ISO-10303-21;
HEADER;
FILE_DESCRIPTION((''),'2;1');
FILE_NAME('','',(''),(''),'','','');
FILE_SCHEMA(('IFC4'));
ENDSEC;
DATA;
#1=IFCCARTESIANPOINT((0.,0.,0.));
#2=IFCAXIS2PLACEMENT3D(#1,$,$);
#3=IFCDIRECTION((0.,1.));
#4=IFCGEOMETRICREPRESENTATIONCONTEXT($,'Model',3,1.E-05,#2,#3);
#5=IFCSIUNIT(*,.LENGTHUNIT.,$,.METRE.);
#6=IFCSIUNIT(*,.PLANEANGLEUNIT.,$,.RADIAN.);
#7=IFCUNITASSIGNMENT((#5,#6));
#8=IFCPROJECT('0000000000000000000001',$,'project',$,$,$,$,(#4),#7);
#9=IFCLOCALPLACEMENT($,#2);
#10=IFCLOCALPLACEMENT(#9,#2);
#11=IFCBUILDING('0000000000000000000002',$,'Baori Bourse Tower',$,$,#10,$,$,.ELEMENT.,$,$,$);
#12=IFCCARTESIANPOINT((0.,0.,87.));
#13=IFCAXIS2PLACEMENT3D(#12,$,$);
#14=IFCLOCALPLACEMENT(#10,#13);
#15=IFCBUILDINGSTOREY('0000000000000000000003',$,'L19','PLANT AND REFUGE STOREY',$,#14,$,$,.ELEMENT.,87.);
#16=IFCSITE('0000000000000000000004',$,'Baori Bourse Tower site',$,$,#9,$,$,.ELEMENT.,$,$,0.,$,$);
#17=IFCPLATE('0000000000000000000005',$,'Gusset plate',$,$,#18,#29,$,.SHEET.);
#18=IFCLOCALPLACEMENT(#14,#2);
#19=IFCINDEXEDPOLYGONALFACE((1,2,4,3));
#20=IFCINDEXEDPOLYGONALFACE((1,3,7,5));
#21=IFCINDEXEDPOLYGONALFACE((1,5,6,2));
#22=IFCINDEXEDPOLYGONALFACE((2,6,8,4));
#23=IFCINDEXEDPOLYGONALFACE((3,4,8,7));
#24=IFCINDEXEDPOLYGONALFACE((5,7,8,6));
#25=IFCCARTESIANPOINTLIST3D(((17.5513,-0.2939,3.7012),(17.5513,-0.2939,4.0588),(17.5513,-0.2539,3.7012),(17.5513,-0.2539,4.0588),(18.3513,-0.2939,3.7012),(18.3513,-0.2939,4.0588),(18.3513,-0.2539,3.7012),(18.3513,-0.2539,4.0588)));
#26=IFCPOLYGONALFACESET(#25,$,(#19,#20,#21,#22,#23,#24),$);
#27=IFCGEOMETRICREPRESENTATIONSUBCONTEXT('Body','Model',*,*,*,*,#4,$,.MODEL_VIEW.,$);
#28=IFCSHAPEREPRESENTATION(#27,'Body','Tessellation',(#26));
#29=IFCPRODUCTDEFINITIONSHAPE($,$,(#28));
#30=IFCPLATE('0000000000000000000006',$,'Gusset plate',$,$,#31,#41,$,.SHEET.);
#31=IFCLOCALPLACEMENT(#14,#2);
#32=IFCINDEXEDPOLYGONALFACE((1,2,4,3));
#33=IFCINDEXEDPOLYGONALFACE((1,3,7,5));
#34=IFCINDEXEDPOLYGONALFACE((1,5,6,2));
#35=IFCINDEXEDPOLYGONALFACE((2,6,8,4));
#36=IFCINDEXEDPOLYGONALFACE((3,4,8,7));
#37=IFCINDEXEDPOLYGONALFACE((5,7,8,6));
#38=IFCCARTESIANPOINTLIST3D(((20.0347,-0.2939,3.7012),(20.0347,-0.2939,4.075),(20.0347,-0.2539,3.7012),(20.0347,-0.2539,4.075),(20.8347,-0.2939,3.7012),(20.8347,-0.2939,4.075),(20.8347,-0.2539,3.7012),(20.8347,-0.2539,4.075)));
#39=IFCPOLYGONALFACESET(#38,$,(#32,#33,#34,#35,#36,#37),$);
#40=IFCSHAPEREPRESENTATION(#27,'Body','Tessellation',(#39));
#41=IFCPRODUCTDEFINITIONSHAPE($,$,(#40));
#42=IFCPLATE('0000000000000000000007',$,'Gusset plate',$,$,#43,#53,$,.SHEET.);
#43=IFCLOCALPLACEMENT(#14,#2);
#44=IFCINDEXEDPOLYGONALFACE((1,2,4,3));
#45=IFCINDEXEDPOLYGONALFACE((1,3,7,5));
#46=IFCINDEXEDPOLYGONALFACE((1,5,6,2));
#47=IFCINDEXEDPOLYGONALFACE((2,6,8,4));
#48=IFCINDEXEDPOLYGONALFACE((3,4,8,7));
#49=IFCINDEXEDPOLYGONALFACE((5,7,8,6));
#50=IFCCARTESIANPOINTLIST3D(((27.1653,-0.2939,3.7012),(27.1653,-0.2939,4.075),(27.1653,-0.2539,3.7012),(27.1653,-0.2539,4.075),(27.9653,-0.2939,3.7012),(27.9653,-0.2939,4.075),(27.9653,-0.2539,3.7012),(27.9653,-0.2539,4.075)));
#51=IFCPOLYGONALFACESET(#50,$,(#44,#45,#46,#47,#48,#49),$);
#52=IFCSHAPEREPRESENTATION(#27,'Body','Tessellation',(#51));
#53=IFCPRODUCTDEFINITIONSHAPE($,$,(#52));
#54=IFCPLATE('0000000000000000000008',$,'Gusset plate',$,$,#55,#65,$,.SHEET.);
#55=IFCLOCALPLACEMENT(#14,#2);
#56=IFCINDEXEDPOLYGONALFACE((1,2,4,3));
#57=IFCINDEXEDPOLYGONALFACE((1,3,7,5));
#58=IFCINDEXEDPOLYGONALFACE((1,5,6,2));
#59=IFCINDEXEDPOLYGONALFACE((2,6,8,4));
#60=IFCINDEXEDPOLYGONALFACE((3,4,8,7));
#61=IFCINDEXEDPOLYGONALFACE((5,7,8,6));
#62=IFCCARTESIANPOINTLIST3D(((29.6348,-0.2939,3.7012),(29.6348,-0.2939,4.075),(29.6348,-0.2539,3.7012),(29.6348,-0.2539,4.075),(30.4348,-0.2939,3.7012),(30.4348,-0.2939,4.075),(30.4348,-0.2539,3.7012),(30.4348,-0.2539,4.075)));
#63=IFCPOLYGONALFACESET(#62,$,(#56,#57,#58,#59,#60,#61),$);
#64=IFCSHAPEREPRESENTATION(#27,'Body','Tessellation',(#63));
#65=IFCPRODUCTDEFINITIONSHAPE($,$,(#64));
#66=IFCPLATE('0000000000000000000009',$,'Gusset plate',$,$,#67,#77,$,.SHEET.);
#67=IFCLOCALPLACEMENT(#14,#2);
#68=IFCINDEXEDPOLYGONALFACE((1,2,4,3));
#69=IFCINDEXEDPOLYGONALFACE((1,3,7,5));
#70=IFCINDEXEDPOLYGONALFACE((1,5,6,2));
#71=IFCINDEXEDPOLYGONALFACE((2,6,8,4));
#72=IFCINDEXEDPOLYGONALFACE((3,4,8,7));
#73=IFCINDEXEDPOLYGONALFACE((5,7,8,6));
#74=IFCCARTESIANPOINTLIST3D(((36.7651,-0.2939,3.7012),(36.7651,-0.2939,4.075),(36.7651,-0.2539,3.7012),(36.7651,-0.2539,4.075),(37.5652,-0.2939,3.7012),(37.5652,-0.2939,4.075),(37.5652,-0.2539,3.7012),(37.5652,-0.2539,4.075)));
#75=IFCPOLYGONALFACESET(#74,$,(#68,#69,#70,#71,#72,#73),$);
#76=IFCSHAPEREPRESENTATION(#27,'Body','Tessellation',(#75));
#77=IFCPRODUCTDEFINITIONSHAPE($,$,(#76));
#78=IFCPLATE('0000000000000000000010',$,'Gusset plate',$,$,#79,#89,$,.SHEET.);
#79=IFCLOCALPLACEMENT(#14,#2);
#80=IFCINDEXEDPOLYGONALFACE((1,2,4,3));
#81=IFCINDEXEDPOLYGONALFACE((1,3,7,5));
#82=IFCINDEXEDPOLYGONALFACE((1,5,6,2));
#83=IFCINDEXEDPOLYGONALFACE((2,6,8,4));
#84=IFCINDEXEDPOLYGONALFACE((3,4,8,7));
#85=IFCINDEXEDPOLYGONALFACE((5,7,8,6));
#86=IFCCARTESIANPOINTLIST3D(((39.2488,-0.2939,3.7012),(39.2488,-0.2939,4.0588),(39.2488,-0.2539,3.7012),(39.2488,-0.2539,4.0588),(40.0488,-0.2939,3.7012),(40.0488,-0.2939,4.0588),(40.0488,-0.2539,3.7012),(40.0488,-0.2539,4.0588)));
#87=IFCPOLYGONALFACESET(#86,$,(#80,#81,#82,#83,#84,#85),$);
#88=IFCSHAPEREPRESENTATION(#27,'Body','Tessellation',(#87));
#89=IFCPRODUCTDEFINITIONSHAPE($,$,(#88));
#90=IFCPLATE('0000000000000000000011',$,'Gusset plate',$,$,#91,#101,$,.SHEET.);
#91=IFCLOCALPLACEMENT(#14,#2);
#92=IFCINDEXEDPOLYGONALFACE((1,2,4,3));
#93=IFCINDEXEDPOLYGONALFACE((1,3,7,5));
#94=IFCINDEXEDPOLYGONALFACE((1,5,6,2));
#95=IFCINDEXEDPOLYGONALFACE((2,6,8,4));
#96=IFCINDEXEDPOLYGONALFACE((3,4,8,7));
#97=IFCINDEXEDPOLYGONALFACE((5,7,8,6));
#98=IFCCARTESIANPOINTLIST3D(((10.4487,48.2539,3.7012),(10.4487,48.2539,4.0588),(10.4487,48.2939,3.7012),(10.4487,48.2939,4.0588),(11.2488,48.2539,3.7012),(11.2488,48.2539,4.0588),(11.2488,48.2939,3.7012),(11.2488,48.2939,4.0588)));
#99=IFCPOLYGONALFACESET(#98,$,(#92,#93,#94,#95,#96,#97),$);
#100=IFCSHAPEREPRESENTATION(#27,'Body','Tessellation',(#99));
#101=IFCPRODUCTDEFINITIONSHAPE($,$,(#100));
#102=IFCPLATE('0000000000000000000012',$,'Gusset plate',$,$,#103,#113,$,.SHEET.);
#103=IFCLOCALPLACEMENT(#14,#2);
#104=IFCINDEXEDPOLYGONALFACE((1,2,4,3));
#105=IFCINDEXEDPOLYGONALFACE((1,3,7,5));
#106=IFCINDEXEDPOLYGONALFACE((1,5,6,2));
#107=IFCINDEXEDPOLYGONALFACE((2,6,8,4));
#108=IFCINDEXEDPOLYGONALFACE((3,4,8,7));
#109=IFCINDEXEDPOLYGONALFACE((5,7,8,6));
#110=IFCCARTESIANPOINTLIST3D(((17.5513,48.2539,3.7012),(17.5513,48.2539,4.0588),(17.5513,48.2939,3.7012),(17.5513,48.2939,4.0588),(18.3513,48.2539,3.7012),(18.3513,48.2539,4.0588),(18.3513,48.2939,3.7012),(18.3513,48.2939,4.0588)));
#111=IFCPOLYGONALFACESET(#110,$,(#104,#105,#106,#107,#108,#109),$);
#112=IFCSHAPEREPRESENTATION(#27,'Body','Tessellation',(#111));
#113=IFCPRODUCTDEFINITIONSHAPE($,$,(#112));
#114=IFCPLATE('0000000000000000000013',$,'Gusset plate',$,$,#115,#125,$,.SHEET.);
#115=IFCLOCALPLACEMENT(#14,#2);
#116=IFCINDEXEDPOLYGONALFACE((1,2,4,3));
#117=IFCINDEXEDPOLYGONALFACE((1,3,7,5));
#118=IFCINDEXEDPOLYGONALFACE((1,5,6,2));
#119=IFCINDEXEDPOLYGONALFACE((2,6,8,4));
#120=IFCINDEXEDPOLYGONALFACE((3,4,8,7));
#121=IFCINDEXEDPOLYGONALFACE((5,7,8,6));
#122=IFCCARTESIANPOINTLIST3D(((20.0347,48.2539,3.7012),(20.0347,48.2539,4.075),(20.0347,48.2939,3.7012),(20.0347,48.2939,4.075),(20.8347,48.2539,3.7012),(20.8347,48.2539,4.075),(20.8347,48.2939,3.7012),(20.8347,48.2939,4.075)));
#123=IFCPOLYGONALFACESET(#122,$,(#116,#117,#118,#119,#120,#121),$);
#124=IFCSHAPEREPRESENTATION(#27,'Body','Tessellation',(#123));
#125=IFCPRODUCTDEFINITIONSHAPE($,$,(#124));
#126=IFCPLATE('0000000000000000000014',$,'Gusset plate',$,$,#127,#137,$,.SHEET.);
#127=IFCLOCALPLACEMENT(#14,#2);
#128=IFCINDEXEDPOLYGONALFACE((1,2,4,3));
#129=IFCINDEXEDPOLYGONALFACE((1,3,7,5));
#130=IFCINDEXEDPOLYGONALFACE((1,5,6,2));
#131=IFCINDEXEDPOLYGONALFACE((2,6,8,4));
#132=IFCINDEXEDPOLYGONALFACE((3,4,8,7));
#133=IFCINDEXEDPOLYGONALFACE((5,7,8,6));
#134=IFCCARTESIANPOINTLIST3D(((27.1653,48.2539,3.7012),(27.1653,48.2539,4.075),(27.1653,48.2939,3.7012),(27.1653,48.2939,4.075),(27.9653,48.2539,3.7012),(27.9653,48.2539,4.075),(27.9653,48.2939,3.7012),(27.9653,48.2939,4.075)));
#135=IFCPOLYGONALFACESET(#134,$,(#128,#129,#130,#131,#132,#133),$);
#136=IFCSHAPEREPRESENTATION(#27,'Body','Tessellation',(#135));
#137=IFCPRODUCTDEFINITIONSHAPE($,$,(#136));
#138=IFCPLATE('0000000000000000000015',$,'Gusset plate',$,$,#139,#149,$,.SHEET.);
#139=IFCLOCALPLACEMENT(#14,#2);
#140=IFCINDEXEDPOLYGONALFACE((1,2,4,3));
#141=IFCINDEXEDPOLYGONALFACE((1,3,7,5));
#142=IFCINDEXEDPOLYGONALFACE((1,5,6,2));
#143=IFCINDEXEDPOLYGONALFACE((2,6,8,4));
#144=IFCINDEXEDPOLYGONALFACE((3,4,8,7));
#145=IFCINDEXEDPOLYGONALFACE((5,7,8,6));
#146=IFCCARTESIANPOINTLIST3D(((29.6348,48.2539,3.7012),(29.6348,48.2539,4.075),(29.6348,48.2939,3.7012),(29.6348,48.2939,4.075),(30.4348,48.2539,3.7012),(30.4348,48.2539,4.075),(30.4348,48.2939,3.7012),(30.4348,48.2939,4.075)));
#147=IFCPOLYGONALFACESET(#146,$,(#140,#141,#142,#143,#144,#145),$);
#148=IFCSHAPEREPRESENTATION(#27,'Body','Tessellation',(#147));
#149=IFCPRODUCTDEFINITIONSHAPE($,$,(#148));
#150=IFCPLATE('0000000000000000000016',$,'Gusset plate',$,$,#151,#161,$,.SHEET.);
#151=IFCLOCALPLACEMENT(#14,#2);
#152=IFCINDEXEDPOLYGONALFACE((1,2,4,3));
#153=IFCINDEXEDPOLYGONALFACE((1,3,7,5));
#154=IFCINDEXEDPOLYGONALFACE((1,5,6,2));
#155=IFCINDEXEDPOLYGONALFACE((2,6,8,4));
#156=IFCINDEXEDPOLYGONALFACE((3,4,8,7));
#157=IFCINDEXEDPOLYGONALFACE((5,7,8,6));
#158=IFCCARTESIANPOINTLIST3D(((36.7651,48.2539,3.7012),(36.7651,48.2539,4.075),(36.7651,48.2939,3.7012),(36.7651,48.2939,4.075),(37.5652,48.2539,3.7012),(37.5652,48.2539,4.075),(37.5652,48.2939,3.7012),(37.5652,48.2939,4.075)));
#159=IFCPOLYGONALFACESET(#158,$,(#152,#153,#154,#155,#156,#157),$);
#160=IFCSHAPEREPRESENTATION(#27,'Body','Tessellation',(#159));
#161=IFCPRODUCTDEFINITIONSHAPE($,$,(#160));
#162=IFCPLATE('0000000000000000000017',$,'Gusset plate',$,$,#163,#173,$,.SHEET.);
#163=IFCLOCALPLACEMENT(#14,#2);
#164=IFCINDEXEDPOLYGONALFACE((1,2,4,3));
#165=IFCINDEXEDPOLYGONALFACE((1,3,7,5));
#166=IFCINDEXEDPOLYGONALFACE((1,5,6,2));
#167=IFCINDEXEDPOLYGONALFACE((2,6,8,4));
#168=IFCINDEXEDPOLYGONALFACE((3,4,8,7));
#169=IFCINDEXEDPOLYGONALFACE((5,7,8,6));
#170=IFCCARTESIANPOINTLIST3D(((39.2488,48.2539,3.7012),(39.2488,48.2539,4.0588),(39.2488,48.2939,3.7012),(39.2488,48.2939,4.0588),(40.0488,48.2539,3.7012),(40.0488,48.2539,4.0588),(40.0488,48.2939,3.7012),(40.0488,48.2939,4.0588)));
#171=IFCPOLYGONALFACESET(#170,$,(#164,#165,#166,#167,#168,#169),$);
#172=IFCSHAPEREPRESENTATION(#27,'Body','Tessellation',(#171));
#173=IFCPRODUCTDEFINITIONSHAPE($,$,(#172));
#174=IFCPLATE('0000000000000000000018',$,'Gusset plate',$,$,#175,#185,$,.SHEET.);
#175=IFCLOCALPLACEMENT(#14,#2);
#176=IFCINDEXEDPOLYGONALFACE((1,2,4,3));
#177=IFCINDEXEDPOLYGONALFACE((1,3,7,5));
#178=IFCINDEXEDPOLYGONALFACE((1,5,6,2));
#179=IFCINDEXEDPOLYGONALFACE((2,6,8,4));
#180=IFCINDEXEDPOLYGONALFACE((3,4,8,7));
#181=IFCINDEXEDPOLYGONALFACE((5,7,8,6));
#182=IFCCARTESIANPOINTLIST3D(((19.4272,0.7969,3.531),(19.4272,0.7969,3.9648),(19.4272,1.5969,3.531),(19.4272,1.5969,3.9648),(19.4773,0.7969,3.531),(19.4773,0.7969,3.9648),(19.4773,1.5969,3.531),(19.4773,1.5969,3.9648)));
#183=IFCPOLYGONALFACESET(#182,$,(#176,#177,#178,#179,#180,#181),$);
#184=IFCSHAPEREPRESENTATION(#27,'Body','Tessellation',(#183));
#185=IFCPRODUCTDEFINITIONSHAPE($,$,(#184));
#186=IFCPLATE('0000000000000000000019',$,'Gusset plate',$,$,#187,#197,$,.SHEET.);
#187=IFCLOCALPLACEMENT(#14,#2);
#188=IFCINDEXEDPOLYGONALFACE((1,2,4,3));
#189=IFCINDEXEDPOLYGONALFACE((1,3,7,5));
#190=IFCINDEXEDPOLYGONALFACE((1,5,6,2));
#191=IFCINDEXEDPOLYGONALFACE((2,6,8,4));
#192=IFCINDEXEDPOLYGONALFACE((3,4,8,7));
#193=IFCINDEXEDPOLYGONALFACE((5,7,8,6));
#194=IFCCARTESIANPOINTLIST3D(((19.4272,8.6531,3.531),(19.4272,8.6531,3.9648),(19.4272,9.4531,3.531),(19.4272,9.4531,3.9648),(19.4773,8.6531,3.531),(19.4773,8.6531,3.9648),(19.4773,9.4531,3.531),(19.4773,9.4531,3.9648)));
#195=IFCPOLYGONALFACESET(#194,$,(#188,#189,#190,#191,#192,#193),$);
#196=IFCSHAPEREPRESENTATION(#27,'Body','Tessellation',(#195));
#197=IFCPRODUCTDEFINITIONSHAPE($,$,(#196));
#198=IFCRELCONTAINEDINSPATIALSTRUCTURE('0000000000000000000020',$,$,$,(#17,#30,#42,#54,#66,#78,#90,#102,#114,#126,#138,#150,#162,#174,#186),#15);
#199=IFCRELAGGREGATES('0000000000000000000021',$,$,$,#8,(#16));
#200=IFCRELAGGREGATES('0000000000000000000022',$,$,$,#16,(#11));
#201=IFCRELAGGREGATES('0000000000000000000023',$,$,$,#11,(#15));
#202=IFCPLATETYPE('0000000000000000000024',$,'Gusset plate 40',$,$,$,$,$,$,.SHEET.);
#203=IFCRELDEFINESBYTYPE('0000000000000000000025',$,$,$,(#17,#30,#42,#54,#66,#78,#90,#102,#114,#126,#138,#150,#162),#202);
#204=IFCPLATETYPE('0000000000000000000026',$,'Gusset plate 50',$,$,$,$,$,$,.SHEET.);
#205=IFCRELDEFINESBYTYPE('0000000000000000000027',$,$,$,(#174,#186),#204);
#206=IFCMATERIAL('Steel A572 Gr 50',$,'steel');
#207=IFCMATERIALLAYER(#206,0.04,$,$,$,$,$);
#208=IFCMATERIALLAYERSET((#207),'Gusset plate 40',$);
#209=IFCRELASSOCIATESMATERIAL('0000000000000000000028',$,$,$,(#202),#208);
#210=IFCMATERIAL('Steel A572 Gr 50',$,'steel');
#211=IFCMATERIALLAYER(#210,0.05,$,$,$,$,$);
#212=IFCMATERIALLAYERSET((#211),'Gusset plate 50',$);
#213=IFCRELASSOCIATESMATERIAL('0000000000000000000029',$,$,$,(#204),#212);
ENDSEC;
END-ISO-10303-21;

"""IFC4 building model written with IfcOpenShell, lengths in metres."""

from ifc_helpers import new_model, si_unit, direction, frame, origin, place, context, subcontext, project, spatial, polyline, outline, extrude, material, layer, layer_set, type_object, element, save


model = new_model("IFC4")

# Units and contexts
model_context = context("Model", 3, precision=1e-05, world=origin(), true_north=direction((0.0, 1.0)))
body_context = subcontext(model_context, "Body", "Model", "MODEL_VIEW")
ifc_project = project(units=[si_unit("LENGTHUNIT", "METRE"), si_unit("PLANEANGLEUNIT", "RADIAN")], contexts=[model_context])

# Site, building, storey
site_placement = place(None, origin())
site = spatial("IfcSite", under=ifc_project, at=site_placement, Name="Baori Bourse Tower site", CompositionType="ELEMENT", RefElevation=0.0)
building_placement = place(site_placement, origin())
building = spatial("IfcBuilding", under=site, at=building_placement, Name="Baori Bourse Tower", CompositionType="ELEMENT")
storey_placement = place(building_placement, frame((0.0, 0.0, 87.0)))
storey = spatial("IfcBuildingStorey", under=building, at=storey_placement, Name="L19", Description="PLANT AND REFUGE STOREY", CompositionType="ELEMENT", Elevation=87.0)

# Plates
ifc_material_1 = material(Name="Steel A572 Gr 50", Category="steel")
ifc_layer_1 = layer(ifc_material_1, 0.04)
ifc_layer_set_1 = layer_set([ifc_layer_1], Name="Gusset plate 40")
plate_type_1 = type_object("IfcPlateType", Name="Gusset plate 40", PredefinedType="SHEET", material=ifc_layer_set_1)
plate_1_placement = place(storey_placement, frame((0.0, 0.0, 3.7012)))
element("IfcPlate", 1, at=plate_1_placement, inside=storey, type_object=plate_type_1, Name="Gusset plate", PredefinedType="SHEET", context=body_context, shape_type="SweptSolid", body=[
    extrude(outline(polyline([(17.5513, -0.2939), (18.3513, -0.2939), (18.3513, -0.2539), (17.5513, -0.2539), (17.5513, -0.2939)])), origin(), (0.0, 0.0, 1.0), 0.3577),
])
plate_2_placement = place(storey_placement, frame((0.0, 0.0, 3.7012)))
element("IfcPlate", 2, at=plate_2_placement, inside=storey, type_object=plate_type_1, Name="Gusset plate", PredefinedType="SHEET", context=body_context, shape_type="SweptSolid", body=[
    extrude(outline(polyline([(20.0347, -0.2939), (20.8347, -0.2939), (20.8347, -0.2539), (20.0347, -0.2539), (20.0347, -0.2939)])), origin(), (0.0, 0.0, 1.0), 0.3738),
])
plate_3_placement = place(storey_placement, frame((0.0, 0.0, 3.7012)))
element("IfcPlate", 3, at=plate_3_placement, inside=storey, type_object=plate_type_1, Name="Gusset plate", PredefinedType="SHEET", context=body_context, shape_type="SweptSolid", body=[
    extrude(outline(polyline([(27.1653, -0.2939), (27.9653, -0.2939), (27.9653, -0.2539), (27.1653, -0.2539), (27.1653, -0.2939)])), origin(), (0.0, 0.0, 1.0), 0.3738),
])
plate_4_placement = place(storey_placement, frame((0.0, 0.0, 3.7012)))
element("IfcPlate", 4, at=plate_4_placement, inside=storey, type_object=plate_type_1, Name="Gusset plate", PredefinedType="SHEET", context=body_context, shape_type="SweptSolid", body=[
    extrude(outline(polyline([(29.6348, -0.2939), (30.4348, -0.2939), (30.4348, -0.2539), (29.6348, -0.2539), (29.6348, -0.2939)])), origin(), (0.0, 0.0, 1.0), 0.3738),
])
plate_5_placement = place(storey_placement, frame((0.0, 0.0, 3.7012)))
element("IfcPlate", 5, at=plate_5_placement, inside=storey, type_object=plate_type_1, Name="Gusset plate", PredefinedType="SHEET", context=body_context, shape_type="SweptSolid", body=[
    extrude(outline(polyline([(36.7651, -0.2939), (37.5652, -0.2939), (37.5652, -0.2539), (36.7651, -0.2539), (36.7651, -0.2939)])), origin(), (0.0, 0.0, 1.0), 0.3738),
])
plate_6_placement = place(storey_placement, frame((0.0, 0.0, 3.7012)))
element("IfcPlate", 6, at=plate_6_placement, inside=storey, type_object=plate_type_1, Name="Gusset plate", PredefinedType="SHEET", context=body_context, shape_type="SweptSolid", body=[
    extrude(outline(polyline([(39.2488, -0.2939), (40.0488, -0.2939), (40.0488, -0.2539), (39.2488, -0.2539), (39.2488, -0.2939)])), origin(), (0.0, 0.0, 1.0), 0.3577),
])
plate_7_placement = place(storey_placement, frame((0.0, 0.0, 3.7012)))
element("IfcPlate", 7, at=plate_7_placement, inside=storey, type_object=plate_type_1, Name="Gusset plate", PredefinedType="SHEET", context=body_context, shape_type="SweptSolid", body=[
    extrude(outline(polyline([(10.4487, 48.2539), (11.2488, 48.2539), (11.2488, 48.2939), (10.4487, 48.2939), (10.4487, 48.2539)])), origin(), (0.0, 0.0, 1.0), 0.3577),
])
plate_8_placement = place(storey_placement, frame((0.0, 0.0, 3.7012)))
element("IfcPlate", 8, at=plate_8_placement, inside=storey, type_object=plate_type_1, Name="Gusset plate", PredefinedType="SHEET", context=body_context, shape_type="SweptSolid", body=[
    extrude(outline(polyline([(17.5513, 48.2539), (18.3513, 48.2539), (18.3513, 48.2939), (17.5513, 48.2939), (17.5513, 48.2539)])), origin(), (0.0, 0.0, 1.0), 0.3577),
])
plate_9_placement = place(storey_placement, frame((0.0, 0.0, 3.7012)))
element("IfcPlate", 9, at=plate_9_placement, inside=storey, type_object=plate_type_1, Name="Gusset plate", PredefinedType="SHEET", context=body_context, shape_type="SweptSolid", body=[
    extrude(outline(polyline([(20.0347, 48.2539), (20.8347, 48.2539), (20.8347, 48.2939), (20.0347, 48.2939), (20.0347, 48.2539)])), origin(), (0.0, 0.0, 1.0), 0.3738),
])
plate_10_placement = place(storey_placement, frame((0.0, 0.0, 3.7012)))
element("IfcPlate", 10, at=plate_10_placement, inside=storey, type_object=plate_type_1, Name="Gusset plate", PredefinedType="SHEET", context=body_context, shape_type="SweptSolid", body=[
    extrude(outline(polyline([(27.1653, 48.2539), (27.9653, 48.2539), (27.9653, 48.2939), (27.1653, 48.2939), (27.1653, 48.2539)])), origin(), (0.0, 0.0, 1.0), 0.3738),
])
plate_11_placement = place(storey_placement, frame((0.0, 0.0, 3.7012)))
element("IfcPlate", 11, at=plate_11_placement, inside=storey, type_object=plate_type_1, Name="Gusset plate", PredefinedType="SHEET", context=body_context, shape_type="SweptSolid", body=[
    extrude(outline(polyline([(29.6348, 48.2539), (30.4348, 48.2539), (30.4348, 48.2939), (29.6348, 48.2939), (29.6348, 48.2539)])), origin(), (0.0, 0.0, 1.0), 0.3738),
])
plate_12_placement = place(storey_placement, frame((0.0, 0.0, 3.7012)))
element("IfcPlate", 12, at=plate_12_placement, inside=storey, type_object=plate_type_1, Name="Gusset plate", PredefinedType="SHEET", context=body_context, shape_type="SweptSolid", body=[
    extrude(outline(polyline([(36.7651, 48.2539), (37.5652, 48.2539), (37.5652, 48.2939), (36.7651, 48.2939), (36.7651, 48.2539)])), origin(), (0.0, 0.0, 1.0), 0.3738),
])
plate_13_placement = place(storey_placement, frame((0.0, 0.0, 3.7012)))
element("IfcPlate", 13, at=plate_13_placement, inside=storey, type_object=plate_type_1, Name="Gusset plate", PredefinedType="SHEET", context=body_context, shape_type="SweptSolid", body=[
    extrude(outline(polyline([(39.2488, 48.2539), (40.0488, 48.2539), (40.0488, 48.2939), (39.2488, 48.2939), (39.2488, 48.2539)])), origin(), (0.0, 0.0, 1.0), 0.3577),
])
ifc_material_2 = material(Name="Steel A572 Gr 50", Category="steel")
ifc_layer_2 = layer(ifc_material_2, 0.05)
ifc_layer_set_2 = layer_set([ifc_layer_2], Name="Gusset plate 50")
plate_type_2 = type_object("IfcPlateType", Name="Gusset plate 50", PredefinedType="SHEET", material=ifc_layer_set_2)
plate_14_placement = place(storey_placement, frame((0.0, 0.0, 3.531)))
element("IfcPlate", 14, at=plate_14_placement, inside=storey, type_object=plate_type_2, Name="Gusset plate", PredefinedType="SHEET", context=body_context, shape_type="SweptSolid", body=[
    extrude(outline(polyline([(19.4272, 0.7969), (19.4773, 0.7969), (19.4773, 1.5969), (19.4272, 1.5969), (19.4272, 0.7969)])), origin(), (0.0, 0.0, 1.0), 0.4338),
])
plate_15_placement = place(storey_placement, frame((0.0, 0.0, 3.531)))
element("IfcPlate", 15, at=plate_15_placement, inside=storey, type_object=plate_type_2, Name="Gusset plate", PredefinedType="SHEET", context=body_context, shape_type="SweptSolid", body=[
    extrude(outline(polyline([(19.4272, 8.6531), (19.4773, 8.6531), (19.4773, 9.4531), (19.4272, 9.4531), (19.4272, 8.6531)])), origin(), (0.0, 0.0, 1.0), 0.4338),
])

save(model, "model.ifc")
